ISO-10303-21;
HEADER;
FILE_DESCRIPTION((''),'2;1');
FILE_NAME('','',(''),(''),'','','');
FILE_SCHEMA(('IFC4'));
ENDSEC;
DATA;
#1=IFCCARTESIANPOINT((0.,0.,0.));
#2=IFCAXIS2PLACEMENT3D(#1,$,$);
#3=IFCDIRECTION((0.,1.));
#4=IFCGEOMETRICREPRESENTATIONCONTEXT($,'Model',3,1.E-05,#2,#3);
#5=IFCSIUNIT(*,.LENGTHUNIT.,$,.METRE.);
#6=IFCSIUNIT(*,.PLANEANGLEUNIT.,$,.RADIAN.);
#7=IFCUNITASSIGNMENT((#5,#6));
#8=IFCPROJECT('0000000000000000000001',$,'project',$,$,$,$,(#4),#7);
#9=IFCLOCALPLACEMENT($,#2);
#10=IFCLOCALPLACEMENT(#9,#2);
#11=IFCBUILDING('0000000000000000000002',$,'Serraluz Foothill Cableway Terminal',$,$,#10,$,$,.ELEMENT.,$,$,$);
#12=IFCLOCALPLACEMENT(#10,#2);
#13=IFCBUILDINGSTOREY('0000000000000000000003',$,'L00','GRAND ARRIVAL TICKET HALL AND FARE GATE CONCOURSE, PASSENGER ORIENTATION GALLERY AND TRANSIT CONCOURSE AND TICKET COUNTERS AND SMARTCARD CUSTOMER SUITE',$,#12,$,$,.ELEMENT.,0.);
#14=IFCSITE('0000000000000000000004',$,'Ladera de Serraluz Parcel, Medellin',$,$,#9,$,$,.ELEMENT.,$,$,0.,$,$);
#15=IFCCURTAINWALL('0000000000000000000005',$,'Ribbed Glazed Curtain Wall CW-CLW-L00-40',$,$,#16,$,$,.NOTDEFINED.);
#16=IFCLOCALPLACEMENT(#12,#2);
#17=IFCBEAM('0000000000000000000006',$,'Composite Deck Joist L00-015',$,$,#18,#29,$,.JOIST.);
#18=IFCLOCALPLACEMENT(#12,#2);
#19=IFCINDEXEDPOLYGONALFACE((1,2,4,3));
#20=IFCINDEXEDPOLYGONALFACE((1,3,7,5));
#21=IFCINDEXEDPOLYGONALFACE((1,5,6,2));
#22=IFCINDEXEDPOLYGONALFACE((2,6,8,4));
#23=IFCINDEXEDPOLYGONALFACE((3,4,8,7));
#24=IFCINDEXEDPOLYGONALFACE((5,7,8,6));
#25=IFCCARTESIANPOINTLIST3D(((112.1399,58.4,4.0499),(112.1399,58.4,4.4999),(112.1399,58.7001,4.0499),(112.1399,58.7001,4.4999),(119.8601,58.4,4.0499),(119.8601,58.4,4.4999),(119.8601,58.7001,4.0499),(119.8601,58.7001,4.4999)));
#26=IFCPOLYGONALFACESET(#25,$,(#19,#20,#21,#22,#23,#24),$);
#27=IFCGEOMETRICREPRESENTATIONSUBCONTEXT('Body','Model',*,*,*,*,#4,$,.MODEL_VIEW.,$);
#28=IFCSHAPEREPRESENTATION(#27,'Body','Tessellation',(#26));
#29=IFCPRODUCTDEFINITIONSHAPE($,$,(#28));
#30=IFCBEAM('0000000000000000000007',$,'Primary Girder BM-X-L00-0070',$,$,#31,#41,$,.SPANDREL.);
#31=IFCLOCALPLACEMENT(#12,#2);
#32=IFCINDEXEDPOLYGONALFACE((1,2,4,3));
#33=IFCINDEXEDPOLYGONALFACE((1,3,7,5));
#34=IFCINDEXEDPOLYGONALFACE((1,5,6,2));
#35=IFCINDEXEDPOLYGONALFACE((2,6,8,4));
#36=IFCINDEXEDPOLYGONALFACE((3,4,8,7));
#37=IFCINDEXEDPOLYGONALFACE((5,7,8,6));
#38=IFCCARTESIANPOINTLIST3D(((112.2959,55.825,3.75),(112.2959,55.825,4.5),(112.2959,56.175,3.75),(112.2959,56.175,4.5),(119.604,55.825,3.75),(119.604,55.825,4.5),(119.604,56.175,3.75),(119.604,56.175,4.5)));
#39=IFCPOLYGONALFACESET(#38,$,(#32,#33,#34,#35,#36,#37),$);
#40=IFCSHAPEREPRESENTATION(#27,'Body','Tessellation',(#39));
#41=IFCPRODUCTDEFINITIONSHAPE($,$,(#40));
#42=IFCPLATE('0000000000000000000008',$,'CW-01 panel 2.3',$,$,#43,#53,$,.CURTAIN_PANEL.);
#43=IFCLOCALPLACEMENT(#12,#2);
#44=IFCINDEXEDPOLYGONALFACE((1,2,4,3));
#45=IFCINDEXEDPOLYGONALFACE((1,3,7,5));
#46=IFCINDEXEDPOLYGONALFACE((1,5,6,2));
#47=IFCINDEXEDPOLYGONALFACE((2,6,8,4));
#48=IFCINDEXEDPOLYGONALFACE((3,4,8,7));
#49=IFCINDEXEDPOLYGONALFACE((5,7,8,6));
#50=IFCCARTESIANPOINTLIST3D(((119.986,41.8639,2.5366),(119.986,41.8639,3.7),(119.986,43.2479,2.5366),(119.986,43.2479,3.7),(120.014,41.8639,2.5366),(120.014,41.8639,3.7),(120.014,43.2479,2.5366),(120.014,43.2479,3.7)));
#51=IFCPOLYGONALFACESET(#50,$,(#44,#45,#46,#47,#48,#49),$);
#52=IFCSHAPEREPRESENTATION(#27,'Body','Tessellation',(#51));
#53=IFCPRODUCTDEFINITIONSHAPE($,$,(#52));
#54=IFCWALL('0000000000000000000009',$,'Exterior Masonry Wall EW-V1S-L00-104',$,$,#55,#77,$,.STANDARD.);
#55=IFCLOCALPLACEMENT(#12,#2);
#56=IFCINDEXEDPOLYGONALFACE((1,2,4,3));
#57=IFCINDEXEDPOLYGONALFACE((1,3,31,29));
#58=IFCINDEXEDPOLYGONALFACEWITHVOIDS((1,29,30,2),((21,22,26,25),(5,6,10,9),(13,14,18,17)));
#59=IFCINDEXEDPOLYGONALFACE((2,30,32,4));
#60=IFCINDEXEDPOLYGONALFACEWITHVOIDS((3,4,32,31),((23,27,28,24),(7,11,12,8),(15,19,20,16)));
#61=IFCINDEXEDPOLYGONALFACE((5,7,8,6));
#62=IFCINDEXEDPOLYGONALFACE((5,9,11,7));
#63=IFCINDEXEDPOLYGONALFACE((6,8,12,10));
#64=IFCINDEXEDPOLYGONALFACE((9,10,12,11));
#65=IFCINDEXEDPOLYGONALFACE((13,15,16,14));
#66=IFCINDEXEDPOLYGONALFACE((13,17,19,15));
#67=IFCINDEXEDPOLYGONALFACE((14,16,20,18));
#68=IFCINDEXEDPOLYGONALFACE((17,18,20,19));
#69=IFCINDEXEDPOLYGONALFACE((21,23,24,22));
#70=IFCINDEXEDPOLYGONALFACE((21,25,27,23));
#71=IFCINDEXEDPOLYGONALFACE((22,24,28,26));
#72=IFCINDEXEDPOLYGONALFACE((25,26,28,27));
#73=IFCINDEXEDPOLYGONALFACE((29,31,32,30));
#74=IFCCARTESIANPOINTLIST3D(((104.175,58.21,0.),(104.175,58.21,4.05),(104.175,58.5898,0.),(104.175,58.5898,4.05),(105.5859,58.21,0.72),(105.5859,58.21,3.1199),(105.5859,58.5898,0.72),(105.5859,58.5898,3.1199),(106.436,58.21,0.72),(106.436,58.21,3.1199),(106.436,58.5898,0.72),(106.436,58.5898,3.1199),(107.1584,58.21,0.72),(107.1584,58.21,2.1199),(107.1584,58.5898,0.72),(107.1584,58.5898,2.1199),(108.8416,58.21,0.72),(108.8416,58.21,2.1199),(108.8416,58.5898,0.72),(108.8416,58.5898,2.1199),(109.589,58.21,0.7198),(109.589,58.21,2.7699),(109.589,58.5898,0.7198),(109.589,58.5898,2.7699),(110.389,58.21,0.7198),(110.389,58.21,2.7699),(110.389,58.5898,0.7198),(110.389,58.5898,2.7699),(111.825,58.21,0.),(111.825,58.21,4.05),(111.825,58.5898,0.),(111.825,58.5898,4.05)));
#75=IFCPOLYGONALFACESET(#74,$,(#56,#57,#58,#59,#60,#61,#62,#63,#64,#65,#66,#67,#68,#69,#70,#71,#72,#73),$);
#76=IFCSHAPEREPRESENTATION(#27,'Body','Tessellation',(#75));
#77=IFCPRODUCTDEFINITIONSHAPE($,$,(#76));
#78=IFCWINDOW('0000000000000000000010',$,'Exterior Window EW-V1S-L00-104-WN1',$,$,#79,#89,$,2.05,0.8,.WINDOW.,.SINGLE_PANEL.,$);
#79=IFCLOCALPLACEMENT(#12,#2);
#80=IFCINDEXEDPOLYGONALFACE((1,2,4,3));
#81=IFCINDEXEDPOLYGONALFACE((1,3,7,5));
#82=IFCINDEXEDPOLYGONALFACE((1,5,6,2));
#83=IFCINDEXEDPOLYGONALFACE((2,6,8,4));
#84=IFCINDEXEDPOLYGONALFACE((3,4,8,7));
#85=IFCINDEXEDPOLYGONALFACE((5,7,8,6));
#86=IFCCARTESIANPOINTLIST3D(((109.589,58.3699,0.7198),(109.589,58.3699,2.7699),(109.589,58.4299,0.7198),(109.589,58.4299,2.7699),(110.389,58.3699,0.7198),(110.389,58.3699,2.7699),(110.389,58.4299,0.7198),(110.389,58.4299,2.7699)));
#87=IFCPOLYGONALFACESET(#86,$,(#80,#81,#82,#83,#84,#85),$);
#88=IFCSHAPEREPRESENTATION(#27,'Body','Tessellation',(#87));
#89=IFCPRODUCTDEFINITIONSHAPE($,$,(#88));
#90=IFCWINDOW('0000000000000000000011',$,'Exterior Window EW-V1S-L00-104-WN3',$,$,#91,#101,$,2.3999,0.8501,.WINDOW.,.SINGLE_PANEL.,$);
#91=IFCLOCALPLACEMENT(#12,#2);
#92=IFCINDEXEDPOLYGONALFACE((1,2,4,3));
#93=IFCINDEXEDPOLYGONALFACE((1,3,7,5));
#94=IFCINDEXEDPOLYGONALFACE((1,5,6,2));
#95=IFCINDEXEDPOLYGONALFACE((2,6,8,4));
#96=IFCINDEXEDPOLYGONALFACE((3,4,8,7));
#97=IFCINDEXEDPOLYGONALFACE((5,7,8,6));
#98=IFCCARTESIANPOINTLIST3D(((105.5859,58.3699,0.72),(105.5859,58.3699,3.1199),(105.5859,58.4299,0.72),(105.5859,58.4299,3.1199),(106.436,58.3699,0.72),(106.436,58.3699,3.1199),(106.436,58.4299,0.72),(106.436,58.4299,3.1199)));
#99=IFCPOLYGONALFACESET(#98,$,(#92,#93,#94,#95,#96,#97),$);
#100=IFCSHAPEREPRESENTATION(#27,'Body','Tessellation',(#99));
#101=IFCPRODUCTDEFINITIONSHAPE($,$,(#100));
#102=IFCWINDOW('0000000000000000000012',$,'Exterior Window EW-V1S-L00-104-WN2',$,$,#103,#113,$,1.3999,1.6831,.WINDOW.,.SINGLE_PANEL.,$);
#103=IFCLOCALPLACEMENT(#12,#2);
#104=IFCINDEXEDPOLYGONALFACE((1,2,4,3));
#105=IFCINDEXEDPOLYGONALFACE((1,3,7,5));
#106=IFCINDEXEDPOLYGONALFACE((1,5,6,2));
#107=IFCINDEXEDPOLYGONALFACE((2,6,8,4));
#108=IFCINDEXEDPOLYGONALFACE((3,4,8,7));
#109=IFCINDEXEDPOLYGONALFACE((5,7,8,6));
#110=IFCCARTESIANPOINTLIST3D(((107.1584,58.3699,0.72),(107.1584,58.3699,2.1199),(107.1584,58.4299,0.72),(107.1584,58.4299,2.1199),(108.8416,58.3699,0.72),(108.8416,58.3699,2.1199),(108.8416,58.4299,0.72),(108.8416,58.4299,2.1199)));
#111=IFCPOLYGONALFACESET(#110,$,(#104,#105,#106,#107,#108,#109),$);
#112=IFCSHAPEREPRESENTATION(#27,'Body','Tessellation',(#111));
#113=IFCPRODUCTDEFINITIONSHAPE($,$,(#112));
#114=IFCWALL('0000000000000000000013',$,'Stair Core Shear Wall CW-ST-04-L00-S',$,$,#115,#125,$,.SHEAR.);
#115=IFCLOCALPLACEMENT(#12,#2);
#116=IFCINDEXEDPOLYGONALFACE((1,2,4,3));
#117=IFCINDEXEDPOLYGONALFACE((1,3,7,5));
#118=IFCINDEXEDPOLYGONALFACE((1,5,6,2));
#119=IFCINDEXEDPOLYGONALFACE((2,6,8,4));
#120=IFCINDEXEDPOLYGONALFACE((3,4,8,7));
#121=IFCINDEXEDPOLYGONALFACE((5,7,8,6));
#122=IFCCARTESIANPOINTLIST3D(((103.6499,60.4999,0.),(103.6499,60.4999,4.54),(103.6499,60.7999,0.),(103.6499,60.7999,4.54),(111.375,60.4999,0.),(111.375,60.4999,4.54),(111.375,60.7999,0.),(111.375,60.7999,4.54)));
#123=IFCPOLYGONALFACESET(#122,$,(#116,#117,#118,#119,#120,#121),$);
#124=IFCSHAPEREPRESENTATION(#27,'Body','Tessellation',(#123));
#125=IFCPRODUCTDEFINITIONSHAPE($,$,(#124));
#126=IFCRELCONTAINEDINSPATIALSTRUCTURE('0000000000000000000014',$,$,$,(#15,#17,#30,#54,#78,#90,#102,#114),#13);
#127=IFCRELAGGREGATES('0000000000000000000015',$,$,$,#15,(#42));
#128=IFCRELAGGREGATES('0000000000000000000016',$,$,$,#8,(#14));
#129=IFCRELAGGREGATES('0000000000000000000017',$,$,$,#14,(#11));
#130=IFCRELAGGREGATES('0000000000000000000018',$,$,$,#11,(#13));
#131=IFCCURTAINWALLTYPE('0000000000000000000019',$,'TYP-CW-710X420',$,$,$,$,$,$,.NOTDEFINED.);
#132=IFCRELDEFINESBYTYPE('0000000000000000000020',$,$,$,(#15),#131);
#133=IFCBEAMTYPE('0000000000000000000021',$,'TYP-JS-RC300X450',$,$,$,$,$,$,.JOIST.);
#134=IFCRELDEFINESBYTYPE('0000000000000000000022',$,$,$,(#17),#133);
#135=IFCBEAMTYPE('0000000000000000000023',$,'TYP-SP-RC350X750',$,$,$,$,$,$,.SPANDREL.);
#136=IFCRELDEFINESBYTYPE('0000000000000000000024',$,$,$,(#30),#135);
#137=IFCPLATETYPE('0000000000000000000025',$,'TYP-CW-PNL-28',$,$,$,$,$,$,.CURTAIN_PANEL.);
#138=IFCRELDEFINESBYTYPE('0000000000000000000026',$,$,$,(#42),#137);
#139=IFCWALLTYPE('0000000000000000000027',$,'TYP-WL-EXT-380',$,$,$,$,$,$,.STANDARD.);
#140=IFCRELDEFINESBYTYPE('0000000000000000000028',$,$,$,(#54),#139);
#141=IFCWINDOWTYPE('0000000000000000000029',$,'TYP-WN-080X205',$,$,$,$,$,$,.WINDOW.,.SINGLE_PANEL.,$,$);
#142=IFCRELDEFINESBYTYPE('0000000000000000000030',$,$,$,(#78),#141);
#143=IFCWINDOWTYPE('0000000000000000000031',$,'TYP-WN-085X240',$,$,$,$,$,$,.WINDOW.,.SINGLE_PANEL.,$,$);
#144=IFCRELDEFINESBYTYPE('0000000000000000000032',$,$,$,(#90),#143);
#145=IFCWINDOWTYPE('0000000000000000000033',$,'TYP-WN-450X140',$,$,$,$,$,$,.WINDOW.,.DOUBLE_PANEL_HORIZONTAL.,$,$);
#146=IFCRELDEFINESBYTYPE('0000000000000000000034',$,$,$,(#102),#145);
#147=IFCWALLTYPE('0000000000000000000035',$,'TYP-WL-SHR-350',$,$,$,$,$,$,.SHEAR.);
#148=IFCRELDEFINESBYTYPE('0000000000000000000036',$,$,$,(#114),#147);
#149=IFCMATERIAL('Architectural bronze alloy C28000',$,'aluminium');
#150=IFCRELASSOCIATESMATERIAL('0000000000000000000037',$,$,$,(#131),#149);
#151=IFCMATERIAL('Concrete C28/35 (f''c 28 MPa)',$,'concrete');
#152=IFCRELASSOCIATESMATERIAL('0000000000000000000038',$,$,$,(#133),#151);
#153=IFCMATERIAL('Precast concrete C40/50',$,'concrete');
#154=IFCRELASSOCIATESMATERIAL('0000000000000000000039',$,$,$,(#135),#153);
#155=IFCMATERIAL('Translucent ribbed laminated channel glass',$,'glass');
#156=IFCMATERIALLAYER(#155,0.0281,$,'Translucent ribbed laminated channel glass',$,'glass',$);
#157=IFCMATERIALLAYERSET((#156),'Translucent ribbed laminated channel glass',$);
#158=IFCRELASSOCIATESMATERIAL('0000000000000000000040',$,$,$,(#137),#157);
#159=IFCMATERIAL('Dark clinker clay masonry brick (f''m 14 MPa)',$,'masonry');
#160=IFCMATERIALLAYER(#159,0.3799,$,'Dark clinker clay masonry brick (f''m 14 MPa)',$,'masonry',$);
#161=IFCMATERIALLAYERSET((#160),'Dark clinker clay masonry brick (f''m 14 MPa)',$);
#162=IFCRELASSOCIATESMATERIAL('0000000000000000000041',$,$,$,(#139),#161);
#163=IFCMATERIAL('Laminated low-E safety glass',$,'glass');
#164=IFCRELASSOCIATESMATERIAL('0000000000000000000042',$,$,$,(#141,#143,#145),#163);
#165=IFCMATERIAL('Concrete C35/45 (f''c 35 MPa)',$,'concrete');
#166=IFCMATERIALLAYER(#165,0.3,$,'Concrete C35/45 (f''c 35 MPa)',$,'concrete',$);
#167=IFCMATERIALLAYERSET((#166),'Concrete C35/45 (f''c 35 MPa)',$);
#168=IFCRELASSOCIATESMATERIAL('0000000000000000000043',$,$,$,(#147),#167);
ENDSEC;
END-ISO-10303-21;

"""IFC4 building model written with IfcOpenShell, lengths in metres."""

from ifc_helpers import new_model, si_unit, direction, frame, frame_2d, origin, origin_2d, place, context, subcontext, project, spatial, rectangle, extrude, material, layer, layer_set, material_profile, profile_set, type_object, element, fill, aggregate, save


model = new_model("IFC4")

# Units and contexts
model_context = context("Model", 3, precision=1e-05, world=origin(), true_north=direction((0.0, 1.0)))
body_context = subcontext(model_context, "Body", "Model", "MODEL_VIEW")
ifc_project = project(units=[si_unit("LENGTHUNIT", "METRE"), si_unit("PLANEANGLEUNIT", "RADIAN")], contexts=[model_context])

# Site, building, storey
site_placement = place(None, origin())
site = spatial("IfcSite", under=ifc_project, at=site_placement, Name="Ladera de Serraluz Parcel, Medellin", CompositionType="ELEMENT", RefElevation=0.0)
building_placement = place(site_placement, origin())
building = spatial("IfcBuilding", under=site, at=building_placement, Name="Serraluz Foothill Cableway Terminal", CompositionType="ELEMENT")
storey_placement = place(building_placement, origin())
storey = spatial("IfcBuildingStorey", under=building, at=storey_placement, Name="L00", Description="GRAND ARRIVAL TICKET HALL AND FARE GATE CONCOURSE, PASSENGER ORIENTATION GALLERY AND TRANSIT CONCOURSE AND TICKET COUNTERS AND SMARTCARD CUSTOMER SUITE", CompositionType="ELEMENT", Elevation=0.0)

# Shared definitions
ifc_material_1 = material(Name="Concrete C35/45 (f'c 35 MPa)", Category="concrete")

# Shared definitions
ifc_material_2 = material(Name="Concrete C28/35 (f'c 28 MPa)", Category="concrete")

# Shared definitions
ifc_material_3 = material(Name="Dark clinker clay masonry brick (f'm 14 MPa)", Category="masonry")

# Curtain wall
ifc_material_4 = material(Name="Architectural bronze alloy C28000", Category="aluminium")
curtain_wall_type = type_object("IfcCurtainWallType", Name="TYP-CW-710X420", PredefinedType="NOTDEFINED", material=ifc_material_4)
curtain_wall_placement = place(storey_placement, origin())
curtain_wall = element("IfcCurtainWall", 1, at=curtain_wall_placement, inside=storey, type_object=curtain_wall_type, Name="Ribbed Glazed Curtain Wall CW-CLW-L00-40", PredefinedType="NOTDEFINED")

# Beams
ifc_material_profile_1 = material_profile(ifc_material_2, rectangle(XDim=0.3, YDim=0.45, at=origin_2d()), Name="RC 300x450")
ifc_profile_set_1 = profile_set([ifc_material_profile_1], Name="Concrete C28/35 (f'c 28 MPa)")
beam_type_1 = type_object("IfcBeamType", Name="TYP-JS-RC300X450", PredefinedType="JOIST", material=ifc_profile_set_1)
beam_1_placement = place(storey_placement, frame((112.1399, 58.55, 4.2749), z_axis=(1.0, 0.0, 0.0), x_axis=(0.0, 1.0, 0.0)))
element("IfcBeam", 2, at=beam_1_placement, inside=storey, type_object=beam_type_1, Name="Composite Deck Joist L00-015", PredefinedType="JOIST", context=body_context, shape_type="SweptSolid", body=[
    extrude(rectangle(XDim=0.3, YDim=0.45, at=origin_2d()), origin(), (0.0, 0.0, 1.0), 7.7202),
])
ifc_material_5 = material(Name="Precast concrete C40/50", Category="concrete")
ifc_material_profile_2 = material_profile(ifc_material_5, rectangle(XDim=0.3501, YDim=0.75, at=origin_2d()), Name="RC SP 350x750")
ifc_profile_set_2 = profile_set([ifc_material_profile_2], Name="Precast concrete C40/50")
beam_type_2 = type_object("IfcBeamType", Name="TYP-SP-RC350X750", PredefinedType="SPANDREL", material=ifc_profile_set_2)
beam_2_placement = place(storey_placement, frame((112.2959, 56.0, 4.125), z_axis=(1.0, 0.0, 0.0), x_axis=(0.0, 1.0, 0.0)))
element("IfcBeam", 3, at=beam_2_placement, inside=storey, type_object=beam_type_2, Name="Primary Girder BM-X-L00-0070", PredefinedType="SPANDREL", context=body_context, shape_type="SweptSolid", body=[
    extrude(rectangle(XDim=0.3501, YDim=0.75, at=origin_2d()), origin(), (0.0, 0.0, 1.0), 7.3081),
])

# Plate
ifc_material_6 = material(Name="Translucent ribbed laminated channel glass", Category="glass")
ifc_layer_1 = layer(ifc_material_6, 0.0281, Name="Translucent ribbed laminated channel glass", Category="glass")
ifc_layer_set_1 = layer_set([ifc_layer_1], Name="Translucent ribbed laminated channel glass")
plate_type = type_object("IfcPlateType", Name="TYP-CW-PNL-28", PredefinedType="CURTAIN_PANEL", material=ifc_layer_set_1)
plate_placement = place(storey_placement, frame((120.0, 42.5559, 2.5366), z_axis=(0.0, 0.0, 1.0), x_axis=(0.0, 1.0, 0.0)))
plate = element("IfcPlate", 4, at=plate_placement, type_object=plate_type, Name="CW-01 panel 2.3", PredefinedType="CURTAIN_PANEL", context=body_context, shape_type="SweptSolid", body=[
    extrude(rectangle(XDim=1.384, YDim=0.0281, at=origin_2d()), origin(), (0.0, 0.0, 1.0), 1.1633),
])
aggregate(curtain_wall, [plate])

# Wall, openings, windows
ifc_layer_2 = layer(ifc_material_3, 0.3799, Name="Dark clinker clay masonry brick (f'm 14 MPa)", Category="masonry")
ifc_layer_set_2 = layer_set([ifc_layer_2], Name="Dark clinker clay masonry brick (f'm 14 MPa)")
wall_type_1 = type_object("IfcWallType", Name="TYP-WL-EXT-380", PredefinedType="STANDARD", material=ifc_layer_set_2)
wall_1_placement = place(storey_placement, frame((111.825, 58.3999, 0.0), z_axis=(0.0, 0.0, 1.0), x_axis=(-1.0, 0.0, 0.0)))
wall_1 = element("IfcWall", 5, at=wall_1_placement, inside=storey, type_object=wall_type_1, Name="Exterior Masonry Wall EW-V1S-L00-104", PredefinedType="STANDARD", context=body_context, shape_type="SweptSolid", body=[
    extrude(rectangle(XDim=7.6499, YDim=0.3799, at=frame_2d((3.825, 0.0))), origin(), (0.0, 0.0, 1.0), 4.05),
])
opening_1_placement = place(wall_1_placement, frame((1.436, 0.0, 0.72)))
opening_1 = element("IfcOpeningElement", 6, at=opening_1_placement, cuts=wall_1, PredefinedType="OPENING", context=body_context, shape_type="SweptSolid", body=[
    extrude(rectangle(XDim=0.8, YDim=2.05, at=frame_2d((0.3999, 1.0249))), frame((0.0, 0.2, 0.0), z_axis=(0.0, -1.0, 0.0), x_axis=(1.0, 0.0, 0.0)), (0.0, 0.0, 1.0), 0.3999),
])
opening_2_placement = place(wall_1_placement, frame((2.9834, 0.0, 0.72)))
opening_2 = element("IfcOpeningElement", 7, at=opening_2_placement, cuts=wall_1, PredefinedType="OPENING", context=body_context, shape_type="SweptSolid", body=[
    extrude(rectangle(XDim=1.6831, YDim=1.3999, at=frame_2d((0.8416, 0.7))), frame((0.0, 0.2, 0.0), z_axis=(0.0, -1.0, 0.0), x_axis=(1.0, 0.0, 0.0)), (0.0, 0.0, 1.0), 0.3999),
])
opening_3_placement = place(wall_1_placement, frame((5.3889, 0.0, 0.72)))
opening_3 = element("IfcOpeningElement", 8, at=opening_3_placement, cuts=wall_1, PredefinedType="OPENING", context=body_context, shape_type="SweptSolid", body=[
    extrude(rectangle(XDim=0.8501, YDim=2.3999, at=frame_2d((0.425, 1.2))), frame((0.0, 0.2, 0.0), z_axis=(0.0, -1.0, 0.0), x_axis=(1.0, 0.0, 0.0)), (0.0, 0.0, 1.0), 0.3999),
])
ifc_material_7 = material(Name="Laminated low-E safety glass", Category="glass")
window_type_1 = type_object("IfcWindowType", Name="TYP-WN-080X205", PartitioningType="SINGLE_PANEL", PredefinedType="WINDOW", material=ifc_material_7)
window_1_placement = place(opening_1_placement, origin())
window_1 = element("IfcWindow", 9, at=window_1_placement, inside=storey, type_object=window_type_1, Name="Exterior Window EW-V1S-L00-104-WN1", OverallHeight=2.05, OverallWidth=0.8, PartitioningType="SINGLE_PANEL", PredefinedType="WINDOW", context=body_context, shape_type="SweptSolid", body=[
    extrude(rectangle(XDim=0.8, YDim=2.05, at=frame_2d((0.3999, 1.0249))), frame((0.0, 0.03, 0.0), z_axis=(0.0, -1.0, 0.0), x_axis=(1.0, 0.0, 0.0)), (0.0, 0.0, 1.0), 0.0601),
])
fill(opening_1, window_1)
window_type_2 = type_object("IfcWindowType", Name="TYP-WN-085X240", PartitioningType="SINGLE_PANEL", PredefinedType="WINDOW", material=ifc_material_7)
window_2_placement = place(opening_3_placement, origin())
window_2 = element("IfcWindow", 10, at=window_2_placement, inside=storey, type_object=window_type_2, Name="Exterior Window EW-V1S-L00-104-WN3", OverallHeight=2.3999, OverallWidth=0.8501, PartitioningType="SINGLE_PANEL", PredefinedType="WINDOW", context=body_context, shape_type="SweptSolid", body=[
    extrude(rectangle(XDim=0.8501, YDim=2.3999, at=frame_2d((0.425, 1.2))), frame((0.0, 0.03, 0.0), z_axis=(0.0, -1.0, 0.0), x_axis=(1.0, 0.0, 0.0)), (0.0, 0.0, 1.0), 0.0601),
])
fill(opening_3, window_2)
window_type_3 = type_object("IfcWindowType", Name="TYP-WN-450X140", PartitioningType="DOUBLE_PANEL_HORIZONTAL", PredefinedType="WINDOW", material=ifc_material_7)
window_3_placement = place(opening_2_placement, origin())
window_3 = element("IfcWindow", 11, at=window_3_placement, inside=storey, type_object=window_type_3, Name="Exterior Window EW-V1S-L00-104-WN2", OverallHeight=1.3999, OverallWidth=1.6831, PartitioningType="SINGLE_PANEL", PredefinedType="WINDOW", context=body_context, shape_type="SweptSolid", body=[
    extrude(rectangle(XDim=1.6831, YDim=1.3999, at=frame_2d((0.8416, 0.7))), frame((0.0, 0.03, 0.0), z_axis=(0.0, -1.0, 0.0), x_axis=(1.0, 0.0, 0.0)), (0.0, 0.0, 1.0), 0.0601),
])
fill(opening_2, window_3)

# Wall
ifc_layer_3 = layer(ifc_material_1, 0.3, Name="Concrete C35/45 (f'c 35 MPa)", Category="concrete")
ifc_layer_set_3 = layer_set([ifc_layer_3], Name="Concrete C35/45 (f'c 35 MPa)")
wall_type_2 = type_object("IfcWallType", Name="TYP-WL-SHR-350", PredefinedType="SHEAR", material=ifc_layer_set_3)
wall_2_placement = place(storey_placement, frame((111.375, 60.6499, 0.0), z_axis=(0.0, 0.0, 1.0), x_axis=(-1.0, 0.0, 0.0)))
element("IfcWall", 12, at=wall_2_placement, inside=storey, type_object=wall_type_2, Name="Stair Core Shear Wall CW-ST-04-L00-S", PredefinedType="SHEAR", context=body_context, shape_type="SweptSolid", body=[
    extrude(rectangle(XDim=7.7251, YDim=0.3, at=frame_2d((3.8625, 0.0))), origin(), (0.0, 0.0, 1.0), 4.54),
])

save(model, "model.ifc")
